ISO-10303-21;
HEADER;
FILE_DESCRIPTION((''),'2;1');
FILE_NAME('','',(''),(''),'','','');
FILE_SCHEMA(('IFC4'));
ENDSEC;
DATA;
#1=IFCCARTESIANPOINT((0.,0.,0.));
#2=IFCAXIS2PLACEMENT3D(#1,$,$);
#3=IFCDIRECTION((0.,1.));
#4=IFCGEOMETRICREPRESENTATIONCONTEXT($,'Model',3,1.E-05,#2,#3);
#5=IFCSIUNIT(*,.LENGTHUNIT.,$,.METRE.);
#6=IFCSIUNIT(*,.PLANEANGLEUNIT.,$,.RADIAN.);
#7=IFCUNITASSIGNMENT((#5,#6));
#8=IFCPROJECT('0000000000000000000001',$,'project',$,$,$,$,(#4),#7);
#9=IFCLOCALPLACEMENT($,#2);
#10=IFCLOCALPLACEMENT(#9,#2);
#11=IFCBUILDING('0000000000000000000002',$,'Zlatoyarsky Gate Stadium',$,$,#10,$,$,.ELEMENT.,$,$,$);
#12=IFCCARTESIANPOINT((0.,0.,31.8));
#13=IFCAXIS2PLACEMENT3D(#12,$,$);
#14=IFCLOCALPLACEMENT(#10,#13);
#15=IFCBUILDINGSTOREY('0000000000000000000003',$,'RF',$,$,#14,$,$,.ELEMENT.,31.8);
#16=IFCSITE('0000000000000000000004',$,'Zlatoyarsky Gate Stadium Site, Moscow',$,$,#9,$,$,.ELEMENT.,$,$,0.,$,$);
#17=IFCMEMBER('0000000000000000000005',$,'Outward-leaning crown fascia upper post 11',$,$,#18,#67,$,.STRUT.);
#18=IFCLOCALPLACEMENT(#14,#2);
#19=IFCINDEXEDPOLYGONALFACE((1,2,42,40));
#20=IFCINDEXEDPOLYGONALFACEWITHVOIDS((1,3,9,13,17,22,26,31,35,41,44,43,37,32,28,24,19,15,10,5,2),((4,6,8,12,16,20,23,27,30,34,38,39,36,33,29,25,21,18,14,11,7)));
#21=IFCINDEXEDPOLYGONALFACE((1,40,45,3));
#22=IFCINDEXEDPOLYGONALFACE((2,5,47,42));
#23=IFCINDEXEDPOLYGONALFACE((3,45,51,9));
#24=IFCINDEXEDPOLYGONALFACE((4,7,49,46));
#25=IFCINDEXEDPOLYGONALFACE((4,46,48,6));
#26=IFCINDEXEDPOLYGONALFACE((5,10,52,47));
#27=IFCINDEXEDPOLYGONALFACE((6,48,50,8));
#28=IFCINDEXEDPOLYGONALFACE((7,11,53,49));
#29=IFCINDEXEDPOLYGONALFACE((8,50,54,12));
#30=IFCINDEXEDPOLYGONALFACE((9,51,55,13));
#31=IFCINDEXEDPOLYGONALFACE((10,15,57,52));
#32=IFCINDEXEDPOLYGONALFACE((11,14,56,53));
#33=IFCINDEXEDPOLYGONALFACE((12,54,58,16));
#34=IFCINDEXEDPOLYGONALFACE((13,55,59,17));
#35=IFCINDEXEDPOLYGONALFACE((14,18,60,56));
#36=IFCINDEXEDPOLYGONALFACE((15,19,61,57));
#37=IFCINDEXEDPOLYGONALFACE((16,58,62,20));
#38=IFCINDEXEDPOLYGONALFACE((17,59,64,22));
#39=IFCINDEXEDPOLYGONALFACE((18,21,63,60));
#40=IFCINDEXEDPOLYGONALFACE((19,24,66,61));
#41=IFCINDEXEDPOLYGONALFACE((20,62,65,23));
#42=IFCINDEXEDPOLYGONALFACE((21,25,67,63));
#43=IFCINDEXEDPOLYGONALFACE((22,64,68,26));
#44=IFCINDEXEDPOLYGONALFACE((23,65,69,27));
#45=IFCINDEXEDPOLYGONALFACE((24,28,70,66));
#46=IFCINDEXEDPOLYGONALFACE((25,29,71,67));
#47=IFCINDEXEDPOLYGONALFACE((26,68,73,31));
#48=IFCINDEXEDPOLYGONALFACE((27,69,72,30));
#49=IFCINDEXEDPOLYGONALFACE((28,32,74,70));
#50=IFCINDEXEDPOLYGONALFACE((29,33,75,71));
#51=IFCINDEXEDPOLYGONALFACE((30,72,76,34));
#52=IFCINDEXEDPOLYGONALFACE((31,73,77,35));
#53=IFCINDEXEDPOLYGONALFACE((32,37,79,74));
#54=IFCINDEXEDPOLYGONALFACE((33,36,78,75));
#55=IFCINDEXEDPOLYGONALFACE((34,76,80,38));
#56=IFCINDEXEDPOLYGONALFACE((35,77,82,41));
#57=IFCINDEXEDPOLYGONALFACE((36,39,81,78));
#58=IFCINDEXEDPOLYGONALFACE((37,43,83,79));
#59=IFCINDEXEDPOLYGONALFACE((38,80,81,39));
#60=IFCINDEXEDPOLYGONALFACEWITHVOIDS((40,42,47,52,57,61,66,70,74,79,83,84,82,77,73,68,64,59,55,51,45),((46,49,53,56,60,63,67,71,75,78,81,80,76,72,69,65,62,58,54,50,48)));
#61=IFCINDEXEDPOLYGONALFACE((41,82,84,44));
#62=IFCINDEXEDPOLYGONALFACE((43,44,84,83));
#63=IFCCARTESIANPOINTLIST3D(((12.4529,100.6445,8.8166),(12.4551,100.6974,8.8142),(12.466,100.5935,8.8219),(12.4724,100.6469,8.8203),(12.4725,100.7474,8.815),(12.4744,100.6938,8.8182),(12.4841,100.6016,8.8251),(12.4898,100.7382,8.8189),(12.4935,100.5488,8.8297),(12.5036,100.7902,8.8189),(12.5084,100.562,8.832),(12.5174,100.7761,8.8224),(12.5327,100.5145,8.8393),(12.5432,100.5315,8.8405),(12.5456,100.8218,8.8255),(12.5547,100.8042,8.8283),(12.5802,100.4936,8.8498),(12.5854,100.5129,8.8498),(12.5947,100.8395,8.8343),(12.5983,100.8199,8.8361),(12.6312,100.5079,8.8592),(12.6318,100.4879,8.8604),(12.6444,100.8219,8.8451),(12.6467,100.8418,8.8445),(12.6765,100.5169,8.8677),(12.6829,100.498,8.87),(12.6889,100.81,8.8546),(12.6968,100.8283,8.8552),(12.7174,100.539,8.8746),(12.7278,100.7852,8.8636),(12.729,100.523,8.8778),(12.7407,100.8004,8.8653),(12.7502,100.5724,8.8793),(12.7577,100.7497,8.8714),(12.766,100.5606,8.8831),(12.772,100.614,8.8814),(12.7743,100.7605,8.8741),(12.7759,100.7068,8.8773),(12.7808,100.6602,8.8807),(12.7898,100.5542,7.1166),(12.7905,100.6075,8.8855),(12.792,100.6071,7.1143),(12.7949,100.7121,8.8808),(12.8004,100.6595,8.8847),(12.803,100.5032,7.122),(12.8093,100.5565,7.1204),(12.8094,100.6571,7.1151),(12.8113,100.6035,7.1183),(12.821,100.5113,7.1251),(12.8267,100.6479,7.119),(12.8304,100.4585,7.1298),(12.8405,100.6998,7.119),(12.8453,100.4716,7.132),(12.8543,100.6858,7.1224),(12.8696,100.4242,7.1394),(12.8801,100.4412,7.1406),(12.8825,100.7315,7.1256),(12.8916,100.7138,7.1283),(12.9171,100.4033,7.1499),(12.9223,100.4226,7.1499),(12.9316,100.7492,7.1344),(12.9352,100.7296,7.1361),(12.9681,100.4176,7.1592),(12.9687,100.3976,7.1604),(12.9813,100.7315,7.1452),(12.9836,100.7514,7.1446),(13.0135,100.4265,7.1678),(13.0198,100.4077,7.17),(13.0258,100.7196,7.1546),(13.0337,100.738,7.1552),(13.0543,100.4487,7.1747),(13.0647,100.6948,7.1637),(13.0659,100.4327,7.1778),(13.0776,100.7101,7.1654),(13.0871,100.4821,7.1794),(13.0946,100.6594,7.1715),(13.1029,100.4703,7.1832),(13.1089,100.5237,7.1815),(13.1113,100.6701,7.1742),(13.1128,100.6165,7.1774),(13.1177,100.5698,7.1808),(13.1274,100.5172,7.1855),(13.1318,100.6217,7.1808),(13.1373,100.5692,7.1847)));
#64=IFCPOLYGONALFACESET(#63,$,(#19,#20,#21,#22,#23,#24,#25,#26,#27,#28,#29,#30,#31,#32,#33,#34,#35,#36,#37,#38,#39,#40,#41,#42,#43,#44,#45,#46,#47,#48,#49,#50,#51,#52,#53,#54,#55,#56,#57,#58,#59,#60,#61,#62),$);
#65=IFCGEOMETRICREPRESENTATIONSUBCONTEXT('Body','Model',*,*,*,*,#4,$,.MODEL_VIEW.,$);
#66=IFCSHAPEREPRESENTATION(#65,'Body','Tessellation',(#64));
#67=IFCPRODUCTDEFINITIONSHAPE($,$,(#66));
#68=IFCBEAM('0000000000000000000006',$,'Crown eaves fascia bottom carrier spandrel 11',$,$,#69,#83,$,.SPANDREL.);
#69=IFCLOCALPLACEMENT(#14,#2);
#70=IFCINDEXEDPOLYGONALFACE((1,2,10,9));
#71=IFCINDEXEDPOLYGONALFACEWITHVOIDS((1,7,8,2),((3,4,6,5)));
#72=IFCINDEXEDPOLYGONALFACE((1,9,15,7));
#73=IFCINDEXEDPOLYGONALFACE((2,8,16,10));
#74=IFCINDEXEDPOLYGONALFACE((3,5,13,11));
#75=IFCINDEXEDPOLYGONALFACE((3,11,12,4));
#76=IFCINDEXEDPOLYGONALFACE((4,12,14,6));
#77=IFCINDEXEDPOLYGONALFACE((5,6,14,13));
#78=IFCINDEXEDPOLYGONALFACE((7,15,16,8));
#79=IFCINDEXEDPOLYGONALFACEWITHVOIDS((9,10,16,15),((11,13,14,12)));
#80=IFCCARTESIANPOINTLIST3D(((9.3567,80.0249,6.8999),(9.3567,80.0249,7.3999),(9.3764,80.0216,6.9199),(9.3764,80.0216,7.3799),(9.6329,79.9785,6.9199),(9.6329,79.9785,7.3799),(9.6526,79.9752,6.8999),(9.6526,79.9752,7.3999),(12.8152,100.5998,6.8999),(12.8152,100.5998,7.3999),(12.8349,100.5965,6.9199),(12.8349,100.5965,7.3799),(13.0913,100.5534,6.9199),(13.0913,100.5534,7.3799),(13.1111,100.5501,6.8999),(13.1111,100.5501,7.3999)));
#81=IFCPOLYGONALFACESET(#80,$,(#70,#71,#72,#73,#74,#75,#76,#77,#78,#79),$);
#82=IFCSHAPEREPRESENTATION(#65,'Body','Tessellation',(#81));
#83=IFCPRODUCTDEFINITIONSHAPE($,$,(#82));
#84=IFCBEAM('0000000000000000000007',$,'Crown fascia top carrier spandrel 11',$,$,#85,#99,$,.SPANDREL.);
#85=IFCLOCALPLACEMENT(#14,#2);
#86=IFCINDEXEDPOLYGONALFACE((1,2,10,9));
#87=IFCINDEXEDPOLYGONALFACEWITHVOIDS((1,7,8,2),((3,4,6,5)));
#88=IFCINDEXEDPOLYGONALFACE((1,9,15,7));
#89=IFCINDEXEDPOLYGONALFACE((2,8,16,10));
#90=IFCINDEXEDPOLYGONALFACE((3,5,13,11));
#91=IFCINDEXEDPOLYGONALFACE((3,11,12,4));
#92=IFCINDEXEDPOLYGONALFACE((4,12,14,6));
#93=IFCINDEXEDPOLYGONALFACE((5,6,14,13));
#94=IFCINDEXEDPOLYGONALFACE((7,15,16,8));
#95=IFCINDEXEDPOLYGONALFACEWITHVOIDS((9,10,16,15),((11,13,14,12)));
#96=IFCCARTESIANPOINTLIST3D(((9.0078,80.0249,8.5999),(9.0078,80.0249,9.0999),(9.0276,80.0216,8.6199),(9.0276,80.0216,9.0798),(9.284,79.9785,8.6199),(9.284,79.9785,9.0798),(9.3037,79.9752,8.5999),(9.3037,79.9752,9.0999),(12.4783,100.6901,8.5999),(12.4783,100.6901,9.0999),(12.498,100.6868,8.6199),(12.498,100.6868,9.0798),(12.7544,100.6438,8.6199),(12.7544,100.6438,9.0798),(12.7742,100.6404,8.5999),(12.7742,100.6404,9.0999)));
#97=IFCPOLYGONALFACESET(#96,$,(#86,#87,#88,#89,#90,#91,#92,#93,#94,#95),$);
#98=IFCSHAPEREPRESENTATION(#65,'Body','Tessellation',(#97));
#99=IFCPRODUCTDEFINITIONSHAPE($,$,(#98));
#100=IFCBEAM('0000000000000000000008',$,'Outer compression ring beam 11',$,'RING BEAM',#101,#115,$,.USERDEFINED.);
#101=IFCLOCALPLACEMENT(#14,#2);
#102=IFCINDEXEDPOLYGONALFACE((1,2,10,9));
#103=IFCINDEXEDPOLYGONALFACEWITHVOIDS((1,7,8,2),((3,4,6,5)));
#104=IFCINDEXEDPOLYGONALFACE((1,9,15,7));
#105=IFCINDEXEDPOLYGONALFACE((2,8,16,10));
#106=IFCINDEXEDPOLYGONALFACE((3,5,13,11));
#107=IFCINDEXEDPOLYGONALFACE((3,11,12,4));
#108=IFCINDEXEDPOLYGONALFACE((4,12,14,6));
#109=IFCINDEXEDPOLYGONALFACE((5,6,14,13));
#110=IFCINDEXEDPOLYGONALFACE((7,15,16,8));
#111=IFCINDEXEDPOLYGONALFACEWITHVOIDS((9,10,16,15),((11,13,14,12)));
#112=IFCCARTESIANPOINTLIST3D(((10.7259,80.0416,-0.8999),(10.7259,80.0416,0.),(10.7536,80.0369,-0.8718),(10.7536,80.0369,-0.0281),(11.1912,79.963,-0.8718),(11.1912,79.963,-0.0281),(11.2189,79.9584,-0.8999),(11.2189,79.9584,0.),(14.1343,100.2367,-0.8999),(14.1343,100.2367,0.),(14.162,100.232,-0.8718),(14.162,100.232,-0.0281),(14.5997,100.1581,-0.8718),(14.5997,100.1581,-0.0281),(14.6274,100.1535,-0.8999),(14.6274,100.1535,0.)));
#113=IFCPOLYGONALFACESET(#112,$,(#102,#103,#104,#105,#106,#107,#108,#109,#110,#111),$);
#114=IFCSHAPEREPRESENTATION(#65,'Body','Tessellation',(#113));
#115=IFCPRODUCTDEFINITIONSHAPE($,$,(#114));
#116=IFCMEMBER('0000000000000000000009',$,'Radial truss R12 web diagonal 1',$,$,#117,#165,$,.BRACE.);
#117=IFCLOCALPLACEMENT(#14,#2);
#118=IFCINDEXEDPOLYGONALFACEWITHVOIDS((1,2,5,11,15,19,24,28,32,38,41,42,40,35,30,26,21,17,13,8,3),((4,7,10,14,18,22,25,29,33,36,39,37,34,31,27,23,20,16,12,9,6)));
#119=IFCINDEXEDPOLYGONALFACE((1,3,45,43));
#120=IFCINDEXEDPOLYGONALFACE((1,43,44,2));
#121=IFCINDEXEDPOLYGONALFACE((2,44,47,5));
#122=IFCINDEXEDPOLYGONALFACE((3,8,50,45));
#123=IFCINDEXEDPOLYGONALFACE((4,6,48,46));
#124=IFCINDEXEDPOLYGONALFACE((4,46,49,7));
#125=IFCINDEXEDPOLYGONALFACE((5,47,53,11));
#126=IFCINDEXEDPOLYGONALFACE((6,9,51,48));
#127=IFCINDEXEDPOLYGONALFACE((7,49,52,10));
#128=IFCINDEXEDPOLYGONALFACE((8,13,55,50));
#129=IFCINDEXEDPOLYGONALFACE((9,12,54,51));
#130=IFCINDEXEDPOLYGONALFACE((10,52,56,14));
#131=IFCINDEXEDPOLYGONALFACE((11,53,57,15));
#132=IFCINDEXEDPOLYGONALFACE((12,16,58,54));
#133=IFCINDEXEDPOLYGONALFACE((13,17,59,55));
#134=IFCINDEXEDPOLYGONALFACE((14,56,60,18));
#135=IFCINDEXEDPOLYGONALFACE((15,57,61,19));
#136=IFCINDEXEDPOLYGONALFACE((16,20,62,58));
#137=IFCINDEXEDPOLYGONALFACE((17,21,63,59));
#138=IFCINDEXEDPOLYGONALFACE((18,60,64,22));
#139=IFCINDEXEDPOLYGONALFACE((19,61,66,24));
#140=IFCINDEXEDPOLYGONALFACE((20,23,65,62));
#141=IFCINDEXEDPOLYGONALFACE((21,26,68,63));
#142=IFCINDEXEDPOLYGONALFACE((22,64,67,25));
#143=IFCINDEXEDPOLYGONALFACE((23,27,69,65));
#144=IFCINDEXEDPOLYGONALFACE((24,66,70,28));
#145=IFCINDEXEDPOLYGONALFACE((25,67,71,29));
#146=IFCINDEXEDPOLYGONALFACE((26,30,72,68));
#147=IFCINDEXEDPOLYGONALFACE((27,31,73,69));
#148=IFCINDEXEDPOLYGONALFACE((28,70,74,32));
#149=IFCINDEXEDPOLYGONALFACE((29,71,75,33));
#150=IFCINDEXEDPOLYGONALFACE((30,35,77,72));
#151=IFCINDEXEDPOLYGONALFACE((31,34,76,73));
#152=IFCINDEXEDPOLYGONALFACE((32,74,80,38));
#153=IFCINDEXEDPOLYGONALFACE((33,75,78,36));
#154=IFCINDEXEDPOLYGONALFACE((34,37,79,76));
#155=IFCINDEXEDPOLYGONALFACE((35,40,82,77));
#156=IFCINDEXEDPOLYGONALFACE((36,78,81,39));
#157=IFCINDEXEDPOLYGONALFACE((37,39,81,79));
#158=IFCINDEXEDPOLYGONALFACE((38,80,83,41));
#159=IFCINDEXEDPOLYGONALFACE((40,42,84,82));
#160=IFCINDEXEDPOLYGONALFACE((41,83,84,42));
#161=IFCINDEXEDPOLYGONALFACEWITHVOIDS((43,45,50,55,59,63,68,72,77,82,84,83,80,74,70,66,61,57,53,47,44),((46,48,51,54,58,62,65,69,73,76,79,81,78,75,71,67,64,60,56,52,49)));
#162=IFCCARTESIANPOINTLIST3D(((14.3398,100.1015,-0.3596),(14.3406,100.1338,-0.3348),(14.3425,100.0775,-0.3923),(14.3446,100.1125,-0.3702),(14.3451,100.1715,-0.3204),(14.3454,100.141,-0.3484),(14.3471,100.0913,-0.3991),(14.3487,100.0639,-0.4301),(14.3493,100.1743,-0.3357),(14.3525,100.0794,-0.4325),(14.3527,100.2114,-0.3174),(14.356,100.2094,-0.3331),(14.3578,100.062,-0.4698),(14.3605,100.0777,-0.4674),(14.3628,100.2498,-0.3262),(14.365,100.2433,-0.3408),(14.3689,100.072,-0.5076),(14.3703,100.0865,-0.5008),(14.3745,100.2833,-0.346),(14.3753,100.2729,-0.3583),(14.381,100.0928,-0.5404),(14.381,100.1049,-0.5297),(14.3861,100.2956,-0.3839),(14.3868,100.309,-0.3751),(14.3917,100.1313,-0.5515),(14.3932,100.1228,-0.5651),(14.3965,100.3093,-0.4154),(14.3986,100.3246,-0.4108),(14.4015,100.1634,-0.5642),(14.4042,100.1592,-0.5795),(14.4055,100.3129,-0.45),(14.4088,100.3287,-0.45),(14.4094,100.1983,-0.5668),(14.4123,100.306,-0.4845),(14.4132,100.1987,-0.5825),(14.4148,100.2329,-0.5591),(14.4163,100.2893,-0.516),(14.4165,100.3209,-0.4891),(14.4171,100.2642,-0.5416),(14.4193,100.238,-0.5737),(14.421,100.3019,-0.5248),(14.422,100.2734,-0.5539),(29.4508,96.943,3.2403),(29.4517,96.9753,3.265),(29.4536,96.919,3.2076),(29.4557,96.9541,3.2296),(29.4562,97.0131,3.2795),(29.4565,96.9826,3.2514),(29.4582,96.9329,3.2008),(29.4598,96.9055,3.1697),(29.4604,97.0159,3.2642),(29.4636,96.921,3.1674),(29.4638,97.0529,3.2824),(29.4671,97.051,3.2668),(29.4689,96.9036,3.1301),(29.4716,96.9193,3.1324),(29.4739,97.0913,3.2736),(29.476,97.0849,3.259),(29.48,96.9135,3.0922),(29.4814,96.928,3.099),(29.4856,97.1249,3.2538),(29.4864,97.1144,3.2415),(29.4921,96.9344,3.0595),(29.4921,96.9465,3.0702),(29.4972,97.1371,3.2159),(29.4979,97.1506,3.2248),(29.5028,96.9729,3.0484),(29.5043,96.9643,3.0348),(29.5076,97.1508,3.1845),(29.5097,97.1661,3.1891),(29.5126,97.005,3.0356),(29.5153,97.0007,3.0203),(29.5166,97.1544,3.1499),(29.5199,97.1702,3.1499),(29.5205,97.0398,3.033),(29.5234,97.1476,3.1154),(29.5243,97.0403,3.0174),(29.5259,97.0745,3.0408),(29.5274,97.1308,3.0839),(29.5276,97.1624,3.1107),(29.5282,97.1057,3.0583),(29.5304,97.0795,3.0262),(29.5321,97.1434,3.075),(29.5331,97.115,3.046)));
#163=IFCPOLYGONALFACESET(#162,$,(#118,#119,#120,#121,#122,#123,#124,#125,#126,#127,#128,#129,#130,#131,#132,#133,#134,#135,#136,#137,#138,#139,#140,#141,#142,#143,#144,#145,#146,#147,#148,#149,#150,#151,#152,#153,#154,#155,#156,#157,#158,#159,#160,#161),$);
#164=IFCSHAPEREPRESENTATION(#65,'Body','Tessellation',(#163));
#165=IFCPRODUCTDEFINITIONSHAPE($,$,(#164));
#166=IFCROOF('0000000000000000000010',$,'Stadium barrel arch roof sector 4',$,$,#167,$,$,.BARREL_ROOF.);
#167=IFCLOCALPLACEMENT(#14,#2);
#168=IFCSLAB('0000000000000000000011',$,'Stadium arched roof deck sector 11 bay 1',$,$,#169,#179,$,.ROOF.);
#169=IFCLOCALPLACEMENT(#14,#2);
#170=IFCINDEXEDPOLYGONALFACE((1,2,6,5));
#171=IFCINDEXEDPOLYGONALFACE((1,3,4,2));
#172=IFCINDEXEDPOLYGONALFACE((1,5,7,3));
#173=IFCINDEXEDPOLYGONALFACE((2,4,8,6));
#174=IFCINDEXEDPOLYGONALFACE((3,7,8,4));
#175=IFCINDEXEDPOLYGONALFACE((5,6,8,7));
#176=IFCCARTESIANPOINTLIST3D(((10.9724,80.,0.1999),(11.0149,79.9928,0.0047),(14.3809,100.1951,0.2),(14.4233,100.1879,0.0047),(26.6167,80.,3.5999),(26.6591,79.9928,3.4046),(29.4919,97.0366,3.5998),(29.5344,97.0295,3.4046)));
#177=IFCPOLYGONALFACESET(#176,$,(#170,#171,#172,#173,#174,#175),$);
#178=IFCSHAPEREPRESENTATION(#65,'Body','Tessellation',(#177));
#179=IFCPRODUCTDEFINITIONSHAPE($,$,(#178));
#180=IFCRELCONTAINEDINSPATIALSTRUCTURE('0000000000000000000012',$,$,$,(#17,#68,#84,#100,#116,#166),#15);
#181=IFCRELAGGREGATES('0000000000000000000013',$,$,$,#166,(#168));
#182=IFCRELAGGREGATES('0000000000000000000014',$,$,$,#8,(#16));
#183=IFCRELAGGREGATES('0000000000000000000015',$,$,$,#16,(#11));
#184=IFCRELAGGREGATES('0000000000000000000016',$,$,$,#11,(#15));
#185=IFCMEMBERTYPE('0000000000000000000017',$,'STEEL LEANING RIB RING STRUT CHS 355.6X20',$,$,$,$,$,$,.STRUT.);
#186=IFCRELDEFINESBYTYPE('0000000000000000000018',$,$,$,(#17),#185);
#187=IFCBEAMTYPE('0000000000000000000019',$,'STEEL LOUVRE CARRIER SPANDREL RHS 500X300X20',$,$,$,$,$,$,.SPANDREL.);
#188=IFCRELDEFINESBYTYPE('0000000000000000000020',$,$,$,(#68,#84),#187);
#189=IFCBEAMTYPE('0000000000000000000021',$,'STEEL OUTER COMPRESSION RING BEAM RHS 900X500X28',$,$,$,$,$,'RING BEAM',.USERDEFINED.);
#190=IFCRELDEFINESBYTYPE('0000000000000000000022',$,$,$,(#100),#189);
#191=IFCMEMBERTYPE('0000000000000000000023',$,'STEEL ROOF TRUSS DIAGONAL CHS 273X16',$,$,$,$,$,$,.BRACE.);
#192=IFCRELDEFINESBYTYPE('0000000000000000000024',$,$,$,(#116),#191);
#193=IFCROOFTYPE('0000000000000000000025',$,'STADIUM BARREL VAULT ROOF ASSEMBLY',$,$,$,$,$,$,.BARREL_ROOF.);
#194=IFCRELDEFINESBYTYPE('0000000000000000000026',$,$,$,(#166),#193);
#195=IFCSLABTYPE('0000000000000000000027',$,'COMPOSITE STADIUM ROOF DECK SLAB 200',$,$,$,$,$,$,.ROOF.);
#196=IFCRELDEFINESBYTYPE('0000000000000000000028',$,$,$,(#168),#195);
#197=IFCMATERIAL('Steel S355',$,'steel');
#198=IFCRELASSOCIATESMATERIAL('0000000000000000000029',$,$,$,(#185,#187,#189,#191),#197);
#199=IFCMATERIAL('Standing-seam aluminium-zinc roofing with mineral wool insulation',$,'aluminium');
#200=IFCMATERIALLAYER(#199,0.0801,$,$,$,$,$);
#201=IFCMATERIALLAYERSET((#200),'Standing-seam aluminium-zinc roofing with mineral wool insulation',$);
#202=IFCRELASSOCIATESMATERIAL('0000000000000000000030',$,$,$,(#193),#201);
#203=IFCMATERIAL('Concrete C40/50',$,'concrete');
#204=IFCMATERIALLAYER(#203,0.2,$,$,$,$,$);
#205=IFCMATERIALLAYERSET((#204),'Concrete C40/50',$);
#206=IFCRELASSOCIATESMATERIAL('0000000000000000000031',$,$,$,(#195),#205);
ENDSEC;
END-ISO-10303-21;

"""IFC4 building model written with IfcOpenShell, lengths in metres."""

from ifc_helpers import new_model, si_unit, direction, frame, origin, origin_2d, place, context, subcontext, project, spatial, polyline, hollow_rectangle, hollow_circle, outline, extrude, material, layer, layer_set, material_profile, profile_set, type_object, element, aggregate, save


model = new_model("IFC4")

# Units and contexts
model_context = context("Model", 3, precision=1e-05, world=origin(), true_north=direction((0.0, 1.0)))
body_context = subcontext(model_context, "Body", "Model", "MODEL_VIEW")
ifc_project = project(units=[si_unit("LENGTHUNIT", "METRE"), si_unit("PLANEANGLEUNIT", "RADIAN")], contexts=[model_context])

# Site, building, storey
site_placement = place(None, origin())
site = spatial("IfcSite", under=ifc_project, at=site_placement, Name="Zlatoyarsky Gate Stadium Site, Moscow", CompositionType="ELEMENT", RefElevation=0.0)
building_placement = place(site_placement, origin())
building = spatial("IfcBuilding", under=site, at=building_placement, Name="Zlatoyarsky Gate Stadium", CompositionType="ELEMENT")
storey_placement = place(building_placement, frame((0.0, 0.0, 31.8)))
storey = spatial("IfcBuildingStorey", under=building, at=storey_placement, Name="RF", CompositionType="ELEMENT", Elevation=31.8)

# Member
ifc_material_1 = material(Name="Steel S355", Category="steel")
ifc_material_profile_1 = material_profile(ifc_material_1, hollow_circle(Radius=0.1777, WallThickness=0.02, at=origin_2d()), Name="CHS 355.6X20")
ifc_profile_set_1 = profile_set([ifc_material_profile_1], Name="Steel S355")
member_type_1 = type_object("IfcMemberType", Name="STEEL LEANING RIB RING STRUT CHS 355.6X20", PredefinedType="STRUT", material=ifc_profile_set_1)
member_1_placement = place(storey_placement, frame((12.9631, 100.575, 7.1499), z_axis=(-0.194146, 0.052054, 0.979591), x_axis=(-0.258969, -0.965886, 0.0)))
element("IfcMember", 1, at=member_1_placement, inside=storey, type_object=member_type_1, Name="Outward-leaning crown fascia upper post 11", PredefinedType="STRUT", context=body_context, shape_type="SweptSolid", body=[
    extrude(hollow_circle(Radius=0.1777, WallThickness=0.02, at=origin_2d()), origin(), (0.0, 0.0, 1.0), 1.7354),
])

# Beams
ifc_material_profile_2 = material_profile(ifc_material_1, hollow_rectangle(XDim=0.3, YDim=0.5, WallThickness=0.02, at=origin_2d()), Name="RHS 500X300X20")
ifc_profile_set_2 = profile_set([ifc_material_profile_2], Name="Steel S355")
beam_type_1 = type_object("IfcBeamType", Name="STEEL LOUVRE CARRIER SPANDREL RHS 500X300X20", PredefinedType="SPANDREL", material=ifc_profile_set_2)
beam_1_placement = place(storey_placement, frame((12.9631, 100.575, 7.1499), z_axis=(-0.165767, -0.986165, 0.0), x_axis=(0.986165, -0.165767, 0.0)))
element("IfcBeam", 2, at=beam_1_placement, inside=storey, type_object=beam_type_1, Name="Crown eaves fascia bottom carrier spandrel 11", PredefinedType="SPANDREL", context=body_context, shape_type="SweptSolid", body=[
    extrude(hollow_rectangle(XDim=0.3, YDim=0.5, WallThickness=0.02, at=origin_2d()), origin(), (0.0, 0.0, 1.0), 20.8635),
])
beam_2_placement = place(storey_placement, frame((12.6262, 100.6653, 8.8499), z_axis=(-0.165617, -0.98619, 0.0), x_axis=(0.98619, -0.165617, 0.0)))
element("IfcBeam", 3, at=beam_2_placement, inside=storey, type_object=beam_type_1, Name="Crown fascia top carrier spandrel 11", PredefinedType="SPANDREL", context=body_context, shape_type="SweptSolid", body=[
    extrude(hollow_rectangle(XDim=0.3, YDim=0.5, WallThickness=0.02, at=origin_2d()), origin(), (0.0, 0.0, 1.0), 20.9546),
])
ifc_material_profile_3 = material_profile(ifc_material_1, hollow_rectangle(XDim=0.5, YDim=0.8999, WallThickness=0.0281, at=origin_2d()), Name="RHS 900X500X28")
ifc_profile_set_3 = profile_set([ifc_material_profile_3], Name="Steel S355")
beam_type_2 = type_object("IfcBeamType", Name="STEEL OUTER COMPRESSION RING BEAM RHS 900X500X28", ElementType="RING BEAM", PredefinedType="USERDEFINED", material=ifc_profile_set_3)
beam_3_placement = place(storey_placement, frame((14.3809, 100.1951, -0.45), z_axis=(-0.166423, -0.986055, 0.0), x_axis=(0.986055, -0.166423, 0.0)))
element("IfcBeam", 4, at=beam_3_placement, inside=storey, type_object=beam_type_2, Name="Outer compression ring beam 11", ObjectType="RING BEAM", PredefinedType="USERDEFINED", context=body_context, shape_type="SweptSolid", body=[
    extrude(hollow_rectangle(XDim=0.5, YDim=0.8999, WallThickness=0.0281, at=origin_2d()), origin(), (0.0, 0.0, 1.0), 20.4807),
])

# Member
ifc_material_profile_4 = material_profile(ifc_material_1, hollow_circle(Radius=0.1365, WallThickness=0.0161, at=origin_2d()), Name="CHS 273X16")
ifc_profile_set_4 = profile_set([ifc_material_profile_4], Name="Steel S355")
member_type_2 = type_object("IfcMemberType", Name="STEEL ROOF TRUSS DIAGONAL CHS 273X16", PredefinedType="BRACE", material=ifc_profile_set_4)
member_2_placement = place(storey_placement, frame((14.3809, 100.1951, -0.45), z_axis=(0.953272, -0.199248, 0.227094), x_axis=(0.204594, 0.978847, 0.0)))
element("IfcMember", 5, at=member_2_placement, inside=storey, type_object=member_type_2, Name="Radial truss R12 web diagonal 1", PredefinedType="BRACE", context=body_context, shape_type="SweptSolid", body=[
    extrude(hollow_circle(Radius=0.1365, WallThickness=0.0161, at=origin_2d()), origin(), (0.0, 0.0, 1.0), 15.8518),
])

# Roof, slab
ifc_material_2 = material(Name="Standing-seam aluminium-zinc roofing with mineral wool insulation", Category="aluminium")
ifc_layer_1 = layer(ifc_material_2, 0.0801)
ifc_layer_set_1 = layer_set([ifc_layer_1], Name="Standing-seam aluminium-zinc roofing with mineral wool insulation")
roof_type = type_object("IfcRoofType", Name="STADIUM BARREL VAULT ROOF ASSEMBLY", PredefinedType="BARREL_ROOF", material=ifc_layer_set_1)
roof_placement = place(storey_placement, origin())
roof = element("IfcRoof", 6, at=roof_placement, inside=storey, type_object=roof_type, Name="Stadium barrel arch roof sector 4", PredefinedType="BARREL_ROOF")
ifc_material_3 = material(Name="Concrete C40/50", Category="concrete")
ifc_layer_2 = layer(ifc_material_3, 0.2)
ifc_layer_set_2 = layer_set([ifc_layer_2], Name="Concrete C40/50")
slab_type = type_object("IfcSlabType", Name="COMPOSITE STADIUM ROOF DECK SLAB 200", PredefinedType="ROOF", material=ifc_layer_set_2)
slab_placement = place(storey_placement, frame((14.3809, 100.1951, 0.2), z_axis=(-0.212233, 0.035819, 0.976562), x_axis=(-0.166422, -0.986055, -0.000001)))
slab = element("IfcSlab", 7, at=slab_placement, type_object=slab_type, Name="Stadium arched roof deck sector 11 bay 1", PredefinedType="ROOF", context=body_context, shape_type="SweptSolid", body=[
    extrude(outline(polyline([(0.0, 0.0), (20.4807, 0.0), (17.8771, 15.7963), (0.5996, 15.7962), (0.0, 0.0)])), origin(), (0.0, 0.0, -1.0), 0.2),
])

aggregate(roof, [slab])

save(model, "model.ifc")
